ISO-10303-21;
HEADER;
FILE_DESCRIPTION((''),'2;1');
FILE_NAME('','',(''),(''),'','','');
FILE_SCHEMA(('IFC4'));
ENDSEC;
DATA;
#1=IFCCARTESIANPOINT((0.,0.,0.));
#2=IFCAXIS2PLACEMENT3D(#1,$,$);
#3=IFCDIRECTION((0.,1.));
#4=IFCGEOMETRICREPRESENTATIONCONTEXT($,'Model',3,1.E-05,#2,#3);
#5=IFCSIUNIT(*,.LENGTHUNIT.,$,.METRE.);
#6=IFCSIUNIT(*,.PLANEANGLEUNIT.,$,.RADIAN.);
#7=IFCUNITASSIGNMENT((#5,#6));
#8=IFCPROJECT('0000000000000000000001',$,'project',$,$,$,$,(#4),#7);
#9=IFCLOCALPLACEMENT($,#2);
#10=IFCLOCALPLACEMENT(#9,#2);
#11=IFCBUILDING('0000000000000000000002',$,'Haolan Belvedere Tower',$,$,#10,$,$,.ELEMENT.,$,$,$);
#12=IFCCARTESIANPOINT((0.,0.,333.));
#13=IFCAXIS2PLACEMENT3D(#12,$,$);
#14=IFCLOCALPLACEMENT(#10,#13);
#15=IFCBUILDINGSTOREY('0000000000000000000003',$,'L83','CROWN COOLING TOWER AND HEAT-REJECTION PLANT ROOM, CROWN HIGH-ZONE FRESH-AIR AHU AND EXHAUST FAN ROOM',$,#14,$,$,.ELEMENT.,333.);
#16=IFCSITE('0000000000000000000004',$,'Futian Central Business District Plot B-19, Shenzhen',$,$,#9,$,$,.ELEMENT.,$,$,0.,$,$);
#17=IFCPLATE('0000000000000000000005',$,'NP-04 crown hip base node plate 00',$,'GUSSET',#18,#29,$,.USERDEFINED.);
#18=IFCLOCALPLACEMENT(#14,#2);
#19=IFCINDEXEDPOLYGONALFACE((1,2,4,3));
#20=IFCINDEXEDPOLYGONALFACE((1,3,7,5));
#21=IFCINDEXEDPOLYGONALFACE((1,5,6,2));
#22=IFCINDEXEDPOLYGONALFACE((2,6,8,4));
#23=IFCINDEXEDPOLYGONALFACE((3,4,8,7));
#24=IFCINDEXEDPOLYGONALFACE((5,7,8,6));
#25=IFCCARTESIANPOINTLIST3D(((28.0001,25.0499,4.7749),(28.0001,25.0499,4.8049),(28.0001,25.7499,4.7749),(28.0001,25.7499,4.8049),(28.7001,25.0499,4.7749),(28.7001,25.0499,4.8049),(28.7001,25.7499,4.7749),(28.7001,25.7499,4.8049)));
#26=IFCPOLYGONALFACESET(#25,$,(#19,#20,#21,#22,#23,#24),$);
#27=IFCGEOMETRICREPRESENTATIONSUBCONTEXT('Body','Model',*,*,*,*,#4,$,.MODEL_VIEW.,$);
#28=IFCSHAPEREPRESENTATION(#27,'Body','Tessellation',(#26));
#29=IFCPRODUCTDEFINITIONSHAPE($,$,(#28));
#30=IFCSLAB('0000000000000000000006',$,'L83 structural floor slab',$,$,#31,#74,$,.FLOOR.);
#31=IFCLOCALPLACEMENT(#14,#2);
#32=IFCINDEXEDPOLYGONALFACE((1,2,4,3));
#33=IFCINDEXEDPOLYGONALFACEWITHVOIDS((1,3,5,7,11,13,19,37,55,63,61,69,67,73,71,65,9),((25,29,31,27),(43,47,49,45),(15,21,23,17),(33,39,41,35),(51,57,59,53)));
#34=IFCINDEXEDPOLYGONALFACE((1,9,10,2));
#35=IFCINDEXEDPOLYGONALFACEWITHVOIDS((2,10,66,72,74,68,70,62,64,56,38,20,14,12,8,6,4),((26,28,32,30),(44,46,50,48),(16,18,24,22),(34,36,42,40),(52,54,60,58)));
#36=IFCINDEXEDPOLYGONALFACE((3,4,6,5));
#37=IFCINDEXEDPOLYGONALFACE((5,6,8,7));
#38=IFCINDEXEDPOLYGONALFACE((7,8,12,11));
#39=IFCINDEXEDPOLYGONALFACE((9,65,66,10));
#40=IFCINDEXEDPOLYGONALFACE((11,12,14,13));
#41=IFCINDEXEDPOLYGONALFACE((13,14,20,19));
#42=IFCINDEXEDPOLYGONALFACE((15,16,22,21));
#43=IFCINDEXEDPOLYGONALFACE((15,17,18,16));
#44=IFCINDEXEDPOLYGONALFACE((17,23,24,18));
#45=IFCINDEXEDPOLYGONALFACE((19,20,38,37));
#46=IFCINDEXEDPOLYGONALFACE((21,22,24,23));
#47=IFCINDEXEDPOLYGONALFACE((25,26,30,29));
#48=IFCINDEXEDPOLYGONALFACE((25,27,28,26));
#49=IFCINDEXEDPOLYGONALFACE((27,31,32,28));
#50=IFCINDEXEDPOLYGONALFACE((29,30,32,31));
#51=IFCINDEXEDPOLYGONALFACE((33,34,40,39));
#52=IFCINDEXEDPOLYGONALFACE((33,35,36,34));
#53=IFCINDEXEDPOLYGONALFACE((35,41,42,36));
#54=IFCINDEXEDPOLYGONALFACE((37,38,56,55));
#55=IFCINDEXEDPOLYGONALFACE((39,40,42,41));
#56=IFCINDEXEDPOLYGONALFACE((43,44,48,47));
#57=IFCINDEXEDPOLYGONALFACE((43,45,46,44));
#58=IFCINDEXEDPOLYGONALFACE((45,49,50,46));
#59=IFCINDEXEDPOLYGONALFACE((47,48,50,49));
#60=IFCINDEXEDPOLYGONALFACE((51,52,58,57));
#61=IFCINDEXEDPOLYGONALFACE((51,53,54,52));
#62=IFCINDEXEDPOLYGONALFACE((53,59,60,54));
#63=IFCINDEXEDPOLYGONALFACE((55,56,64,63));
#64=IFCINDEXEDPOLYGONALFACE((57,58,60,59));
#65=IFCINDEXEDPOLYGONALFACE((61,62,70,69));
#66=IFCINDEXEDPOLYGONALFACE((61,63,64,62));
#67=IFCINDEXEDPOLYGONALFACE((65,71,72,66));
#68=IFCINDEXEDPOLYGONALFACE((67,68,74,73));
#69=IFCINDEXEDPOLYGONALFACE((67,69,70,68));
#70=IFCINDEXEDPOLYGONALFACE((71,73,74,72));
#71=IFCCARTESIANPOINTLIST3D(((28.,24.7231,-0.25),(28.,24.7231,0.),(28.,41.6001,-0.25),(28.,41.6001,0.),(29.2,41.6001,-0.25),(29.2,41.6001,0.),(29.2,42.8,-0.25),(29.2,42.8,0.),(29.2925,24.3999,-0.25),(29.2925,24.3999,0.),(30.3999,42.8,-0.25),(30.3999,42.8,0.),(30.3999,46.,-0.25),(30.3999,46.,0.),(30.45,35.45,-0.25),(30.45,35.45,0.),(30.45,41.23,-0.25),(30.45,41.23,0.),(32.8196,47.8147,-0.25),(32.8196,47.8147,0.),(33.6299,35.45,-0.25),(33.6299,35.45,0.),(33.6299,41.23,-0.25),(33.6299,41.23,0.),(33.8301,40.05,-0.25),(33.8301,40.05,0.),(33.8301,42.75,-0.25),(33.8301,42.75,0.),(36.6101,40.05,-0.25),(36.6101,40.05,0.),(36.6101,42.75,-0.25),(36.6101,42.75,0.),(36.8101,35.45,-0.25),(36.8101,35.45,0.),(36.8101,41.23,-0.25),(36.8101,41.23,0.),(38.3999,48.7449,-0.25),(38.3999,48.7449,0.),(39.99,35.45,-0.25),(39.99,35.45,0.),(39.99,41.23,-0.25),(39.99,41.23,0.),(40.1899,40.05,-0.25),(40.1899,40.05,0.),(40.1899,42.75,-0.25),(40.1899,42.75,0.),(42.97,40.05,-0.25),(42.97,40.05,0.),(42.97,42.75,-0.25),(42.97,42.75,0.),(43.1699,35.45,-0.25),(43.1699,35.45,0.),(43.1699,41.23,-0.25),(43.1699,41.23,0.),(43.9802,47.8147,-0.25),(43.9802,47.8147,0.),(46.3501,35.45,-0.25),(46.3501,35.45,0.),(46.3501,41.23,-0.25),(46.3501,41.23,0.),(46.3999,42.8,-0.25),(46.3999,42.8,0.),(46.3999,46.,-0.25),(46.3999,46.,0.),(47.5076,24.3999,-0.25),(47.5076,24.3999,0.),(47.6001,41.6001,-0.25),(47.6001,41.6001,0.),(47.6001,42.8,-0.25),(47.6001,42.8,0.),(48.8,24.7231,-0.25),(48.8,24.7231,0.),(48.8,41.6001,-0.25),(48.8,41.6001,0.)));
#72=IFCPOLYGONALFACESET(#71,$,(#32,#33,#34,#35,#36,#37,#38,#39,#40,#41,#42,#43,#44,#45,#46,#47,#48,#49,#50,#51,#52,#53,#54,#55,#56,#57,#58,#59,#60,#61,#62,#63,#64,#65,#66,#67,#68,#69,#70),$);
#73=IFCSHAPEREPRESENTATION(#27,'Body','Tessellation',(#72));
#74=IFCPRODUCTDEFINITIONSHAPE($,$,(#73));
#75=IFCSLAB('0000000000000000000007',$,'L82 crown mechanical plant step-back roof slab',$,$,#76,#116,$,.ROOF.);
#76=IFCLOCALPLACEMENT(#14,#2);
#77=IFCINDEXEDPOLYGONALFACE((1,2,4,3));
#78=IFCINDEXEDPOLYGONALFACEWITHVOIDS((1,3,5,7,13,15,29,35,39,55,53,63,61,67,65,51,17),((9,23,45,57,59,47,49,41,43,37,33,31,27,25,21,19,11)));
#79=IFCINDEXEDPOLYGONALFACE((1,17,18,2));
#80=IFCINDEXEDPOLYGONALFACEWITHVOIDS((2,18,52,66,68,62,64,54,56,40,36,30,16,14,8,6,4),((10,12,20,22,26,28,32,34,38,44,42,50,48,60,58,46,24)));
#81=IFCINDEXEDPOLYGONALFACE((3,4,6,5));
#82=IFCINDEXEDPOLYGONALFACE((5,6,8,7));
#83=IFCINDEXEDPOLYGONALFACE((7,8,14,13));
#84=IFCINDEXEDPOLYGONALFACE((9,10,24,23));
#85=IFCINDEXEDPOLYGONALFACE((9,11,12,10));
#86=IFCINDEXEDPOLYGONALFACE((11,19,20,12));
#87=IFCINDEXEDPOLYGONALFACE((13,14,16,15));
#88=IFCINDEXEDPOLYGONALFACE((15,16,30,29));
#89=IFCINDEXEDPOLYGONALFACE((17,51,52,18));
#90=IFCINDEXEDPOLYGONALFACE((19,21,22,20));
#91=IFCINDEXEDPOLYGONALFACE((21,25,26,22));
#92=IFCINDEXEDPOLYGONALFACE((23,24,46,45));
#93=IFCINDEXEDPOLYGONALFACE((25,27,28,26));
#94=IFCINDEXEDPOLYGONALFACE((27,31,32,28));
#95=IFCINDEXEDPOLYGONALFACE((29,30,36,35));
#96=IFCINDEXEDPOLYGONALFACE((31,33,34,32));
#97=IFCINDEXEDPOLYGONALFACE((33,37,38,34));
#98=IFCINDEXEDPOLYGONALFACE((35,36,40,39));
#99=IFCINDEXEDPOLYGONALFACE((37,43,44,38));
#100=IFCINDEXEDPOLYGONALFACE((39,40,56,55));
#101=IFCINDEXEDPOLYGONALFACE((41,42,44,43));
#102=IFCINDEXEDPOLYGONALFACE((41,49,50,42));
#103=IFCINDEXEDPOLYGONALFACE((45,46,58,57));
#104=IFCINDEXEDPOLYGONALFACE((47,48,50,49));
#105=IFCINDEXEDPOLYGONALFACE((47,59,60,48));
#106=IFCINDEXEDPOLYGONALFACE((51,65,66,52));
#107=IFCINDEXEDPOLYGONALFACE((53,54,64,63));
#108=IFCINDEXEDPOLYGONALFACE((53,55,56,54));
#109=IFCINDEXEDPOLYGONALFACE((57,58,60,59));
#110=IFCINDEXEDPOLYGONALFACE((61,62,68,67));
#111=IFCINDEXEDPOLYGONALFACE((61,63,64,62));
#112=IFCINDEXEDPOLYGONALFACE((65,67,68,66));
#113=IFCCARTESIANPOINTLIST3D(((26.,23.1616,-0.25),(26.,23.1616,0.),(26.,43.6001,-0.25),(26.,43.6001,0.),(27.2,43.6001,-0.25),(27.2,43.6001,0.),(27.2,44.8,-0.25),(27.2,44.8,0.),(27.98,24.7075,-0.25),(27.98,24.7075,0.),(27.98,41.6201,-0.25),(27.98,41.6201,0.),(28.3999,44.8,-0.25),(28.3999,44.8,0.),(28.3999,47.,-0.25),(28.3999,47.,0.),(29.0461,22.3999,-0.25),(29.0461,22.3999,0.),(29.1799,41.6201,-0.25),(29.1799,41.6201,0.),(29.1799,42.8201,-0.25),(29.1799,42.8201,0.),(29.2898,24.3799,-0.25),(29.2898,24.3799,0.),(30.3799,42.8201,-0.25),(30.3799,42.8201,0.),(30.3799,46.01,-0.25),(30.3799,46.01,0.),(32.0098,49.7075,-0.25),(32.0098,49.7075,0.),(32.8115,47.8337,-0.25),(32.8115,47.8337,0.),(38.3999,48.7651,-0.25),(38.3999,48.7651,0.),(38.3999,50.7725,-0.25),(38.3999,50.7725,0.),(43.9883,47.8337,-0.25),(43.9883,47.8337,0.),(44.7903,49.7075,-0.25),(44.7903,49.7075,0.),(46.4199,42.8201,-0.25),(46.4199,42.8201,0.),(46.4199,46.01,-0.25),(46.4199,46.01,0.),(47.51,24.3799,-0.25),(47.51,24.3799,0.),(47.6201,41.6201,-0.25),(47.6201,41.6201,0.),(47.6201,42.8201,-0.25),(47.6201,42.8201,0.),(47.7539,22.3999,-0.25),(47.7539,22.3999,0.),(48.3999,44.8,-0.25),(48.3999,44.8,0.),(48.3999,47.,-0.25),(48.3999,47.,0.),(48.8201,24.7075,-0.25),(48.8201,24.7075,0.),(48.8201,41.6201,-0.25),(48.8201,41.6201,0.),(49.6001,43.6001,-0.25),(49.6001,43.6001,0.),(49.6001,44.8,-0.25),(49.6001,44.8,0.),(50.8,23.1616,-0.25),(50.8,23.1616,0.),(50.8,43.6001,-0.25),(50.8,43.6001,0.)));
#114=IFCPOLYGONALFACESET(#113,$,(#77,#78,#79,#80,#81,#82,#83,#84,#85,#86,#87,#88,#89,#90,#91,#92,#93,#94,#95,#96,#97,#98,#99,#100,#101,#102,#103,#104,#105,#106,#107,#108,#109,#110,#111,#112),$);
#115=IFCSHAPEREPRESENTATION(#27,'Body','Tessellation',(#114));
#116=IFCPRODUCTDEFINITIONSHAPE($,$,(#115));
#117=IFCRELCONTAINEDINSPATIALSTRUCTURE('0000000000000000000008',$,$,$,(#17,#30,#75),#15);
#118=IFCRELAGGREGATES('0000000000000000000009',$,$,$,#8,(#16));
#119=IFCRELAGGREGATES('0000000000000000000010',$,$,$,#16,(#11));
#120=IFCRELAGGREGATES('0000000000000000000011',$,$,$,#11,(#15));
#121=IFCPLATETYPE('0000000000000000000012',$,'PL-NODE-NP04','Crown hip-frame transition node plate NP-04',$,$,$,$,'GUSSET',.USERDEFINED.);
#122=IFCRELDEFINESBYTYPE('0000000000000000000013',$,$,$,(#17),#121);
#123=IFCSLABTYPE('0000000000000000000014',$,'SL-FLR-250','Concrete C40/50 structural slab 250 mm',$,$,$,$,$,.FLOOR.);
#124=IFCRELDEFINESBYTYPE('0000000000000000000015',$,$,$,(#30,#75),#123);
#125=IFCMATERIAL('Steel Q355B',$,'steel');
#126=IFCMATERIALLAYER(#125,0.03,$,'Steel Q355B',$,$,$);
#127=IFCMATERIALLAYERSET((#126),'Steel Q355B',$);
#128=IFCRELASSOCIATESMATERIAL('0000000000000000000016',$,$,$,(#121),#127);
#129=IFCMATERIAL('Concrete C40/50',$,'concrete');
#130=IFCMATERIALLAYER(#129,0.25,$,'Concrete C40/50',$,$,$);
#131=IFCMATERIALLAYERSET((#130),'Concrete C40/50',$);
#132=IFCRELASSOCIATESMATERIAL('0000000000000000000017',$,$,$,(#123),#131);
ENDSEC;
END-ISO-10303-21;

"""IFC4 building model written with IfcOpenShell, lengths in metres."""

from ifc_helpers import new_model, si_unit, direction, frame, origin, origin_2d, place, context, subcontext, project, spatial, polyline, rectangle, outline, extrude, material, layer, layer_set, type_object, element, save


model = new_model("IFC4")

# Units and contexts
model_context = context("Model", 3, precision=1e-05, world=origin(), true_north=direction((0.0, 1.0)))
body_context = subcontext(model_context, "Body", "Model", "MODEL_VIEW")
ifc_project = project(units=[si_unit("LENGTHUNIT", "METRE"), si_unit("PLANEANGLEUNIT", "RADIAN")], contexts=[model_context])

# Site, building, storey
site_placement = place(None, origin())
site = spatial("IfcSite", under=ifc_project, at=site_placement, Name="Futian Central Business District Plot B-19, Shenzhen", CompositionType="ELEMENT", RefElevation=0.0)
building_placement = place(site_placement, origin())
building = spatial("IfcBuilding", under=site, at=building_placement, Name="Haolan Belvedere Tower", CompositionType="ELEMENT")
storey_placement = place(building_placement, frame((0.0, 0.0, 333.0)))
storey = spatial("IfcBuildingStorey", under=building, at=storey_placement, Name="L83", Description="CROWN COOLING TOWER AND HEAT-REJECTION PLANT ROOM, CROWN HIGH-ZONE FRESH-AIR AHU AND EXHAUST FAN ROOM", CompositionType="ELEMENT", Elevation=333.0)

# Shared definitions
ifc_material_1 = material(Name="Steel Q355B", Category="steel")

# Plate
ifc_layer_1 = layer(ifc_material_1, 0.03, Name="Steel Q355B")
ifc_layer_set_1 = layer_set([ifc_layer_1], Name="Steel Q355B")
plate_type_1 = type_object("IfcPlateType", Name="PL-NODE-NP04", Description="Crown hip-frame transition node plate NP-04", ElementType="GUSSET", PredefinedType="USERDEFINED", material=ifc_layer_set_1)
plate_1_placement = place(storey_placement, frame((28.3501, 25.3999, 4.7749), z_axis=(0.0, 0.0, 1.0), x_axis=(1.0, 0.0, 0.0)))
element("IfcPlate", 1, at=plate_1_placement, inside=storey, type_object=plate_type_1, Name="NP-04 crown hip base node plate 00", ObjectType="GUSSET", PredefinedType="USERDEFINED", context=body_context, shape_type="SweptSolid", body=[
    extrude(rectangle(XDim=0.7, YDim=0.7, at=origin_2d()), origin(), (0.0, 0.0, 1.0), 0.03),
])

# Slabs
ifc_material_2 = material(Name="Concrete C40/50", Category="concrete")
ifc_layer_2 = layer(ifc_material_2, 0.25, Name="Concrete C40/50")
ifc_layer_set_2 = layer_set([ifc_layer_2], Name="Concrete C40/50")
slab_type_1 = type_object("IfcSlabType", Name="SL-FLR-250", Description="Concrete C40/50 structural slab 250 mm", PredefinedType="FLOOR", material=ifc_layer_set_2)
slab_1_placement = place(storey_placement, frame((0.0, 0.0, -0.25)))
element("IfcSlab", 2, at=slab_1_placement, inside=storey, type_object=slab_type_1, Name="L83 structural floor slab", PredefinedType="FLOOR", context=body_context, shape_type="SweptSolid", body=[
    extrude(outline(polyline([(28.0, 41.6001), (29.2, 41.6001), (29.2, 42.8), (30.3999, 42.8), (30.3999, 46.0), (32.8196, 47.8147), (38.3999, 48.7449), (43.9802, 47.8147), (46.3999, 46.0), (46.3999, 42.8), (47.6001, 42.8), (47.6001, 41.6001), (48.8, 41.6001), (48.8, 24.7231), (47.5076, 24.3999), (29.2925, 24.3999), (28.0, 24.7231), (28.0, 41.6001)]), holes=[polyline([(30.45, 41.23), (30.45, 35.45), (33.6299, 35.45), (33.6299, 41.23), (30.45, 41.23)]), polyline([(36.8101, 41.23), (36.8101, 35.45), (39.99, 35.45), (39.99, 41.23), (36.8101, 41.23)]), polyline([(43.1699, 41.23), (43.1699, 35.45), (46.3501, 35.45), (46.3501, 41.23), (43.1699, 41.23)]), polyline([(33.8301, 40.05), (36.6101, 40.05), (36.6101, 42.75), (33.8301, 42.75), (33.8301, 40.05)]), polyline([(40.1899, 40.05), (42.97, 40.05), (42.97, 42.75), (40.1899, 42.75), (40.1899, 40.05)])]), origin(), (0.0, 0.0, 1.0), 0.25),
])
slab_2_placement = place(storey_placement, frame((0.0, 0.0, -0.25)))
element("IfcSlab", 3, at=slab_2_placement, inside=storey, type_object=slab_type_1, Name="L82 crown mechanical plant step-back roof slab", PredefinedType="ROOF", context=body_context, shape_type="SweptSolid", body=[
    extrude(outline(polyline([(26.0, 43.6001), (27.2, 43.6001), (27.2, 44.8), (28.3999, 44.8), (28.3999, 47.0), (32.0098, 49.7075), (38.3999, 50.7725), (44.7903, 49.7075), (48.3999, 47.0), (48.3999, 44.8), (49.6001, 44.8), (49.6001, 43.6001), (50.8, 43.6001), (50.8, 23.1616), (47.7539, 22.3999), (29.0461, 22.3999), (26.0, 23.1616), (26.0, 43.6001)]), holes=[polyline([(27.98, 41.6201), (29.1799, 41.6201), (29.1799, 42.8201), (30.3799, 42.8201), (30.3799, 46.01), (32.8115, 47.8337), (38.3999, 48.7651), (43.9883, 47.8337), (46.4199, 46.01), (46.4199, 42.8201), (47.6201, 42.8201), (47.6201, 41.6201), (48.8201, 41.6201), (48.8201, 24.7075), (47.51, 24.3799), (29.2898, 24.3799), (27.98, 24.7075), (27.98, 41.6201)])]), origin(), (0.0, 0.0, 1.0), 0.25),
])

save(model, "model.ifc")
